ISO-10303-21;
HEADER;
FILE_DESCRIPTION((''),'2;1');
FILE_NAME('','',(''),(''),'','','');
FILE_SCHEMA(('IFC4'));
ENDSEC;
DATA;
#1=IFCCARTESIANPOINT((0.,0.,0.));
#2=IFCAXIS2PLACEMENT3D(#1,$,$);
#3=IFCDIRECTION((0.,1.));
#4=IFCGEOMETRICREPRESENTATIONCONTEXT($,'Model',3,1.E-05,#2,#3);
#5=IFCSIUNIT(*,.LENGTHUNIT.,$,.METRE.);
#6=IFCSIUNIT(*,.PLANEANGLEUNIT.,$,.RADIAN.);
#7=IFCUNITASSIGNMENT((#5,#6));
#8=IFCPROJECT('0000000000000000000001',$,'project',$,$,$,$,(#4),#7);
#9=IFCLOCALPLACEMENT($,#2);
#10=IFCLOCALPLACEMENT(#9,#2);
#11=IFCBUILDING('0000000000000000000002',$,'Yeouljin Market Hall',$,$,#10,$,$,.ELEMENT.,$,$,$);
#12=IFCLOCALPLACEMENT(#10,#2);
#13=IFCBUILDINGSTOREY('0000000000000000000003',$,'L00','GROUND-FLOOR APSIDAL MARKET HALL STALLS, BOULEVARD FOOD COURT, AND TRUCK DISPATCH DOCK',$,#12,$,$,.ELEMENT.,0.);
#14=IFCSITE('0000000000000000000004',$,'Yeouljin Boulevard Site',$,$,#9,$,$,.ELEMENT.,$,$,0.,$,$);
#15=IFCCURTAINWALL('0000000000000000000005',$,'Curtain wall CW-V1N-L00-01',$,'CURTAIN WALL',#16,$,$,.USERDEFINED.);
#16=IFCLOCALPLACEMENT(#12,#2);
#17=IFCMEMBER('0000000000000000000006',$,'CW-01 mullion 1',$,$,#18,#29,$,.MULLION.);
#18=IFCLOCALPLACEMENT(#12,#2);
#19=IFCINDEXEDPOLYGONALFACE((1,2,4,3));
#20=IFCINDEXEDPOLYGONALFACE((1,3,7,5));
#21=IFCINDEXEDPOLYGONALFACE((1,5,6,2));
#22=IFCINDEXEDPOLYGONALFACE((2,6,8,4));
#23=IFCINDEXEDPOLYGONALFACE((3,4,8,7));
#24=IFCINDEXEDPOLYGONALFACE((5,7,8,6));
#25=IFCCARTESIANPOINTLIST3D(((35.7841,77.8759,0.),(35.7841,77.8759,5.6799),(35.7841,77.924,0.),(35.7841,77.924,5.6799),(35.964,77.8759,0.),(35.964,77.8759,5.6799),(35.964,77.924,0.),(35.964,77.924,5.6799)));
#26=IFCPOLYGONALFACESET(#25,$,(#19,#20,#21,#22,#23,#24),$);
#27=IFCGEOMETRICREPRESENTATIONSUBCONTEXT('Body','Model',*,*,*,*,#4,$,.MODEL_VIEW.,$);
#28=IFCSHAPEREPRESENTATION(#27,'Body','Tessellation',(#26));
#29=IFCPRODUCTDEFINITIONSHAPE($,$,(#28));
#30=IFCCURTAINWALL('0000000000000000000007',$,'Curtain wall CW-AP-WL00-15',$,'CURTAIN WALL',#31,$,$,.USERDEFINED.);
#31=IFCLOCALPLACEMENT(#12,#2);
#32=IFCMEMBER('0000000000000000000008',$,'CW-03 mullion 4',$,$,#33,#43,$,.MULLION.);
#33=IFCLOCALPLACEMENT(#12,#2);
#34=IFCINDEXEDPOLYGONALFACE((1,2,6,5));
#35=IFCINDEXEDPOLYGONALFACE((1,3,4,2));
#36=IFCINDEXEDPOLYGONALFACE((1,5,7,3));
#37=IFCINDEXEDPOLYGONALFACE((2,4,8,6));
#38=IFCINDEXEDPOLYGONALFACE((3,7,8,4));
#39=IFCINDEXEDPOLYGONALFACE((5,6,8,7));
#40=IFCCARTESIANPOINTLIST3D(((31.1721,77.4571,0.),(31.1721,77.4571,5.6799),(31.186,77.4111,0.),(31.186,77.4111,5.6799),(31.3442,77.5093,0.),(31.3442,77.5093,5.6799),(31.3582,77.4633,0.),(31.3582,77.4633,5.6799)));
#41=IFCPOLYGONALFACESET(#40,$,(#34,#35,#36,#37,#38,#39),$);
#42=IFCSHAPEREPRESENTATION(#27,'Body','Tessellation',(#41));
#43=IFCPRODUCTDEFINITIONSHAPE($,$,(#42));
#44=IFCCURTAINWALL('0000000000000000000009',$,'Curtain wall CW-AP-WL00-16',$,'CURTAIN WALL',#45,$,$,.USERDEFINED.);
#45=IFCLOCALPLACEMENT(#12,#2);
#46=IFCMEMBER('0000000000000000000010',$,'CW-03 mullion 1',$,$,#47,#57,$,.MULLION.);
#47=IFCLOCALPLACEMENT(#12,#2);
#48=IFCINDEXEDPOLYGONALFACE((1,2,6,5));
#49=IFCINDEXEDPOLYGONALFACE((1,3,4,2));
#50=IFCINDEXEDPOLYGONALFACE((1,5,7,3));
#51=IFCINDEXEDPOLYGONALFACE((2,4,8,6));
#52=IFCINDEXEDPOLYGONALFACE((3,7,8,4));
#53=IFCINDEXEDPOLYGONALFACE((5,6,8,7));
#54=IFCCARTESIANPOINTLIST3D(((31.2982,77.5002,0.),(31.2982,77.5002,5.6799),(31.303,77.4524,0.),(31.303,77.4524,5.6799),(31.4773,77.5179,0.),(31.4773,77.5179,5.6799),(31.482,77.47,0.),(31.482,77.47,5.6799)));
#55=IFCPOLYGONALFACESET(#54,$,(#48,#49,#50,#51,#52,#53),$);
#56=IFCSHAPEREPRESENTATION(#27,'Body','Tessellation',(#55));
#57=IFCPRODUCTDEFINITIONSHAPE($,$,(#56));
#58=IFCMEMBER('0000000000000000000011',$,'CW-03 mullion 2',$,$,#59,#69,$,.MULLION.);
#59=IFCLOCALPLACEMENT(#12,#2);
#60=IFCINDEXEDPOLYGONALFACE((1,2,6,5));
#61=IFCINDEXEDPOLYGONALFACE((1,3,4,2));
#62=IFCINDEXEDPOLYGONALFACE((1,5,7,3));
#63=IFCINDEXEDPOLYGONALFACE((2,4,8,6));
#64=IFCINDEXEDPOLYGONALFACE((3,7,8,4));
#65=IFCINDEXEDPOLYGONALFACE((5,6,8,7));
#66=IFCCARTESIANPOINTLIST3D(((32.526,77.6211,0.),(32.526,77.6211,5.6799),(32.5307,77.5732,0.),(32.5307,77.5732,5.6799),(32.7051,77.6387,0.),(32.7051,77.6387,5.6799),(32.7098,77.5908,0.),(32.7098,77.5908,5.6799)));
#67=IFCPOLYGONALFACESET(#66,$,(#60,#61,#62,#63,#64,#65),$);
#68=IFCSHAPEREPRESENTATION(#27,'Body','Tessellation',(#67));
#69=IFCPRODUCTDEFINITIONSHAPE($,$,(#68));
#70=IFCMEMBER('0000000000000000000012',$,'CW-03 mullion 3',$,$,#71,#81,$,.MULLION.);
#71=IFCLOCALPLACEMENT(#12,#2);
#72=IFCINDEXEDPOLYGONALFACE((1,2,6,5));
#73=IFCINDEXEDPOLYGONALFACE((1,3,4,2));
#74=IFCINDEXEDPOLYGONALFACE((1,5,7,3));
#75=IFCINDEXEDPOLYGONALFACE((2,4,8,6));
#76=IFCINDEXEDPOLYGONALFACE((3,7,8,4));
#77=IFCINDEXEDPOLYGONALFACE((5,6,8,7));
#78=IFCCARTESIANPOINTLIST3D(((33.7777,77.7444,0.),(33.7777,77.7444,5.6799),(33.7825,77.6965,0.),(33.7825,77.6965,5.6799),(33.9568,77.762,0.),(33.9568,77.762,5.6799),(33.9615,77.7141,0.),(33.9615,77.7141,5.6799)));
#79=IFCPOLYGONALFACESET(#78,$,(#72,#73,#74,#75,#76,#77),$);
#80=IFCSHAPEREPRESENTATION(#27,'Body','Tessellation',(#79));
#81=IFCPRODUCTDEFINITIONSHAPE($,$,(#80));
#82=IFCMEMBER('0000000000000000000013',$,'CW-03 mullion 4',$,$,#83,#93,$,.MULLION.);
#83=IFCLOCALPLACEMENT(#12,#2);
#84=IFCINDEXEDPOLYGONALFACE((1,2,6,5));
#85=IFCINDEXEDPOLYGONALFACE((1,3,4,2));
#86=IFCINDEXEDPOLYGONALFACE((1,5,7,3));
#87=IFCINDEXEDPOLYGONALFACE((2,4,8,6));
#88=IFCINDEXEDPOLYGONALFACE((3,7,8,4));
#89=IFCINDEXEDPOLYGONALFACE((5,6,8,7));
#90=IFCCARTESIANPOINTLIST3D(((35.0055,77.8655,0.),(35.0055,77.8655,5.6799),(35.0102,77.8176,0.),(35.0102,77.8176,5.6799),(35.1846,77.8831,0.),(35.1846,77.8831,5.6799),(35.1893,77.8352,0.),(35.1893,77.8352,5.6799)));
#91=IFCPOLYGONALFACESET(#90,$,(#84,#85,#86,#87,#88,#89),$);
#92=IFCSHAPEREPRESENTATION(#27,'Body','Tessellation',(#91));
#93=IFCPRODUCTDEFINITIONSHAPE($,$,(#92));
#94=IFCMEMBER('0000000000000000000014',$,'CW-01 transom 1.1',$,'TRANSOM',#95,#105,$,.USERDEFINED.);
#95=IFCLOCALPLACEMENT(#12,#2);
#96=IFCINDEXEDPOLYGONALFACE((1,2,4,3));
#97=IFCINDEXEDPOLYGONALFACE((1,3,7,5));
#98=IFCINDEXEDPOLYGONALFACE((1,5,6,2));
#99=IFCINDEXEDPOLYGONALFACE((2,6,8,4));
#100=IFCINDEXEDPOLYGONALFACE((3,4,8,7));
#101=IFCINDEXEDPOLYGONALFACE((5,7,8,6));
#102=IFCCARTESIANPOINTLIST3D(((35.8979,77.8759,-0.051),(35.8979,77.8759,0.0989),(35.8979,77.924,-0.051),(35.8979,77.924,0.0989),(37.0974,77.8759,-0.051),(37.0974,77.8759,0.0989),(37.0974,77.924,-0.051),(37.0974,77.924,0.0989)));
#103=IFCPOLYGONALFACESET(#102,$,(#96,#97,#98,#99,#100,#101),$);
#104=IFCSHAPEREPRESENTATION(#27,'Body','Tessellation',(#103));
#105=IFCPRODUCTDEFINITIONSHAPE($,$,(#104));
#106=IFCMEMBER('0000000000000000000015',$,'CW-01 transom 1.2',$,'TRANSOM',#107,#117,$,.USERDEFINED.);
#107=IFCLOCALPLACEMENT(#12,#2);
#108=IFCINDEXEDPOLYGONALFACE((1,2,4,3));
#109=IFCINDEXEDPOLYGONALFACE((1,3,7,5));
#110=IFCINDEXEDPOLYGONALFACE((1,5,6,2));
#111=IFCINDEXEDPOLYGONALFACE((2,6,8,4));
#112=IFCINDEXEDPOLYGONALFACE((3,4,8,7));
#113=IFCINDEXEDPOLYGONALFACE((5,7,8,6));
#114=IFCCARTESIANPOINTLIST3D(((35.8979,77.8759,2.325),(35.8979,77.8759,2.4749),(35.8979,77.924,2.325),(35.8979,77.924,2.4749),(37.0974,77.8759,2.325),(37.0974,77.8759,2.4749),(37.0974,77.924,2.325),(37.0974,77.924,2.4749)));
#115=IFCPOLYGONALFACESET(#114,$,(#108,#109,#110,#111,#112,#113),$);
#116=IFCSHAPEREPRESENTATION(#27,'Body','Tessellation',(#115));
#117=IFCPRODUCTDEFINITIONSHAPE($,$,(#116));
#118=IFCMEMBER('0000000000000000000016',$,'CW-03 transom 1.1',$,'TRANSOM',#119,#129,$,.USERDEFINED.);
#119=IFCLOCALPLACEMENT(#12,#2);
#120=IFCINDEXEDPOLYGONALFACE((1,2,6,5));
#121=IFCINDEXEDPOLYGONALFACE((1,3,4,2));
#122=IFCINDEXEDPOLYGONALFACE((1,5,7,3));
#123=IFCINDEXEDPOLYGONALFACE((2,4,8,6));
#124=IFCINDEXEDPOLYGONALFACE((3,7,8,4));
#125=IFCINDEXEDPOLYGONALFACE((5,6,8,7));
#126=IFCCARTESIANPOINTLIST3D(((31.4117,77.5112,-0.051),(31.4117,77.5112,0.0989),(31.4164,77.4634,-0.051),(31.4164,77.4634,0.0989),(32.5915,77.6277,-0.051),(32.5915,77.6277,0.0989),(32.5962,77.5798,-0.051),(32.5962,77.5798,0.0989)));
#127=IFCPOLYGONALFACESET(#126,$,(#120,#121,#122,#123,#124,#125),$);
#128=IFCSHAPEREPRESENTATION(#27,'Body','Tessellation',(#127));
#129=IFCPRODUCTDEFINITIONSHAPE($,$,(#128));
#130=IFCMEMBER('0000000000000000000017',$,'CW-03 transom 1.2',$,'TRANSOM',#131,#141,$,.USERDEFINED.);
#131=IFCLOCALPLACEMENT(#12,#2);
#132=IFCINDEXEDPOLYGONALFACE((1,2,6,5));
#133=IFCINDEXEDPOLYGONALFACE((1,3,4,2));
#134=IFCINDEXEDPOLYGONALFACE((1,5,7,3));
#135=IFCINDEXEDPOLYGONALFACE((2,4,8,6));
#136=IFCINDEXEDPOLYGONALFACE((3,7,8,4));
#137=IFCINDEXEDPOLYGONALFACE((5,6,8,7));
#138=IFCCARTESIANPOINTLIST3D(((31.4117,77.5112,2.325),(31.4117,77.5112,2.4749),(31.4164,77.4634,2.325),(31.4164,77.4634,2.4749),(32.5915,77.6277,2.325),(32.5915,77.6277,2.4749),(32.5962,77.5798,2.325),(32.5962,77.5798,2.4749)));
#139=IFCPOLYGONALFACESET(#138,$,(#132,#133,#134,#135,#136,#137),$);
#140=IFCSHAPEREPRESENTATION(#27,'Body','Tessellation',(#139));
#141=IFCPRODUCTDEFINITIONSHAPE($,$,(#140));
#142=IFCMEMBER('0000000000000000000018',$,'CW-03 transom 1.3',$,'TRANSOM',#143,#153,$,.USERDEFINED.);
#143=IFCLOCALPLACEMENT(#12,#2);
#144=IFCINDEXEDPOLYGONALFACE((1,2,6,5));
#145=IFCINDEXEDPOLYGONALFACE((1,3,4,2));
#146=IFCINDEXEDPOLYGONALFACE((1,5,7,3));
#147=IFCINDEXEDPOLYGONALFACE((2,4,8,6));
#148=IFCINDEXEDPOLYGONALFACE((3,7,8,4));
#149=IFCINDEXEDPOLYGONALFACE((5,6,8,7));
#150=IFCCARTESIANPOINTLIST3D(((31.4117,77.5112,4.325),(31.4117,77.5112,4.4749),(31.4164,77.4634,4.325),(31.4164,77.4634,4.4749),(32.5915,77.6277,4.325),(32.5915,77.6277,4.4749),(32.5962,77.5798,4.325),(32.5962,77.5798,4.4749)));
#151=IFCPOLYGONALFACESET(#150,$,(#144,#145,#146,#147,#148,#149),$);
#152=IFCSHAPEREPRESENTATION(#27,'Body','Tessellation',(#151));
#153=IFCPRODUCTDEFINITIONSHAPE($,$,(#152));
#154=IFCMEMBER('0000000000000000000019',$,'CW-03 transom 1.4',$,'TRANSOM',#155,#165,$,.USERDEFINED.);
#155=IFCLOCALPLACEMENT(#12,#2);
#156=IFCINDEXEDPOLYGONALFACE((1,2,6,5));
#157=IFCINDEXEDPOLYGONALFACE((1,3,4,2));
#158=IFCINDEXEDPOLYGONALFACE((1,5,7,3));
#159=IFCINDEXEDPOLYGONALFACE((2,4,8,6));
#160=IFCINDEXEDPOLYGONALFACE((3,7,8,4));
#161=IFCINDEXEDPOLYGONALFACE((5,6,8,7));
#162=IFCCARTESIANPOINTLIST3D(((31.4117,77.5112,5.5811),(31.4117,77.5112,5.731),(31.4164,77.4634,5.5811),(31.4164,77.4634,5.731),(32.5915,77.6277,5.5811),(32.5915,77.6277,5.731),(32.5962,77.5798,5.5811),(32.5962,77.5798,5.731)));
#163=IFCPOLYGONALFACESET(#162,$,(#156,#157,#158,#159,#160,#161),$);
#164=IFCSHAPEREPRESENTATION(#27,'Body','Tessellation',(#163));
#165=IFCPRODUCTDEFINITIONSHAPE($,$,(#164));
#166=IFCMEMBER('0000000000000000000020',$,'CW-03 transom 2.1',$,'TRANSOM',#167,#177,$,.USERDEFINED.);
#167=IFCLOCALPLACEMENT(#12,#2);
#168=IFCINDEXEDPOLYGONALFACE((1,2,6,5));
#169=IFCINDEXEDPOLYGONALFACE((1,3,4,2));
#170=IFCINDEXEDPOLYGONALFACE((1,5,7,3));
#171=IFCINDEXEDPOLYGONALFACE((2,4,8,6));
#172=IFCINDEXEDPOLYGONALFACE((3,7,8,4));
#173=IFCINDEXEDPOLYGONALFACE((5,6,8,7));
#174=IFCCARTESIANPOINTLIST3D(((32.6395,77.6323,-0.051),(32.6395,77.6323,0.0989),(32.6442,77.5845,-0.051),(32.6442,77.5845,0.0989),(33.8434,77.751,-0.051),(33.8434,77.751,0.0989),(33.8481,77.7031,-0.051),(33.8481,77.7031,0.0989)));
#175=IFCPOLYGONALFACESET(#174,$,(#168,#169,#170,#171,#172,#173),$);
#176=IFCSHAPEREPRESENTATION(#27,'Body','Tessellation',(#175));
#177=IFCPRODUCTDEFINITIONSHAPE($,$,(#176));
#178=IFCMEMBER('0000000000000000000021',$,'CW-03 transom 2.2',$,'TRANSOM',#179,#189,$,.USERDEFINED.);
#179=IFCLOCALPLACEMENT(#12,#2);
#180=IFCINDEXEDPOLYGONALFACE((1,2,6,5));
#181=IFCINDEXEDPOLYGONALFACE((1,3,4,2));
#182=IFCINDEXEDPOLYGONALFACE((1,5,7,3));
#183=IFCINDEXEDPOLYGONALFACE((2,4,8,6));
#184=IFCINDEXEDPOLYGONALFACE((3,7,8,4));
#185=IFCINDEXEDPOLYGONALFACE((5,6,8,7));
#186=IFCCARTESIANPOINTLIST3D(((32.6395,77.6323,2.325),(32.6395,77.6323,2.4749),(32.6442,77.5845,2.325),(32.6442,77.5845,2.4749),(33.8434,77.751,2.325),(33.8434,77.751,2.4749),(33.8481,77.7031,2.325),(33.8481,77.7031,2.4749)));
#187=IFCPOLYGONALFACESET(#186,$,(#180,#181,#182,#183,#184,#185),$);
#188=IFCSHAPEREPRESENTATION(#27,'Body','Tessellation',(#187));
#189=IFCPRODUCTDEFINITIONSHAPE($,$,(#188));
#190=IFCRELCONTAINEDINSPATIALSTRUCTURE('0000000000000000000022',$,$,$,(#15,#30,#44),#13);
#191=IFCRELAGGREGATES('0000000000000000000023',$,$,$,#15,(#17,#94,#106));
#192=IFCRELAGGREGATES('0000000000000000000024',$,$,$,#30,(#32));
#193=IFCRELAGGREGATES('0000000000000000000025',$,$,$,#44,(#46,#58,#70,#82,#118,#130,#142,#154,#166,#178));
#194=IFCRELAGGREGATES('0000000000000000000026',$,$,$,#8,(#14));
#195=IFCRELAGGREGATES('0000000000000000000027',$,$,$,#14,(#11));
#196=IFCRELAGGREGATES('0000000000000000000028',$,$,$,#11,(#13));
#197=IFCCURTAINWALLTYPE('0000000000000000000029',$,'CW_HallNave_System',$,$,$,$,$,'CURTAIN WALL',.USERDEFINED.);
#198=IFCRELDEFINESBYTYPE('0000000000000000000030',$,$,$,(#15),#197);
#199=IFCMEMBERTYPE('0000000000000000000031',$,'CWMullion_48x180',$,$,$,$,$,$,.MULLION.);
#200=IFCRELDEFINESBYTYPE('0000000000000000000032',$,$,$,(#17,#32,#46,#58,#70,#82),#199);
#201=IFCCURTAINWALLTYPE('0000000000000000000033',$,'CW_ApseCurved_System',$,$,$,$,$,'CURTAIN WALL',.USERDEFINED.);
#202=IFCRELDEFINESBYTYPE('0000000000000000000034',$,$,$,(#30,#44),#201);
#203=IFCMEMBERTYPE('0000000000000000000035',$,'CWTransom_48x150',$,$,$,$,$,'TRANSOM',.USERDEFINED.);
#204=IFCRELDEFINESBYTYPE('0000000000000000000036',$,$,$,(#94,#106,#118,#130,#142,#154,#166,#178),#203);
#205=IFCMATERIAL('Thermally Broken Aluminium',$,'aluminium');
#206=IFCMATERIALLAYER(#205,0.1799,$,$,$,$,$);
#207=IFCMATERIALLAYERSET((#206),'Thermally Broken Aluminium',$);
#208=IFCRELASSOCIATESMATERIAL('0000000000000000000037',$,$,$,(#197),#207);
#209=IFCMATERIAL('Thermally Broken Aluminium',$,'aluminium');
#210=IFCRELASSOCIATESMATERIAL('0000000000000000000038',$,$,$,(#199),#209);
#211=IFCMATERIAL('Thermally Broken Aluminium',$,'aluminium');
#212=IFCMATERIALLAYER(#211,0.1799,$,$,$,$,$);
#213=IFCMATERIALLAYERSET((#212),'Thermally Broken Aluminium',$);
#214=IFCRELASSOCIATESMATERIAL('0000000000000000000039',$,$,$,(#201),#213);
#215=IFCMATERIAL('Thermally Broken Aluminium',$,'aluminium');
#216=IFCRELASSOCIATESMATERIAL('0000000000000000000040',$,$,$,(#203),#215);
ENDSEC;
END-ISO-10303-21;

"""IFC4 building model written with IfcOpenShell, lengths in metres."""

from ifc_helpers import new_model, si_unit, direction, frame, origin, origin_2d, place, context, subcontext, project, spatial, rectangle, extrude, material, layer, layer_set, material_profile, profile_set, type_object, element, aggregate, save


model = new_model("IFC4")

# Units and contexts
model_context = context("Model", 3, precision=1e-05, world=origin(), true_north=direction((0.0, 1.0)))
body_context = subcontext(model_context, "Body", "Model", "MODEL_VIEW")
ifc_project = project(units=[si_unit("LENGTHUNIT", "METRE"), si_unit("PLANEANGLEUNIT", "RADIAN")], contexts=[model_context])

# Site, building, storey
site_placement = place(None, origin())
site = spatial("IfcSite", under=ifc_project, at=site_placement, Name="Yeouljin Boulevard Site", CompositionType="ELEMENT", RefElevation=0.0)
building_placement = place(site_placement, origin())
building = spatial("IfcBuilding", under=site, at=building_placement, Name="Yeouljin Market Hall", CompositionType="ELEMENT")
storey_placement = place(building_placement, origin())
storey = spatial("IfcBuildingStorey", under=building, at=storey_placement, Name="L00", Description="GROUND-FLOOR APSIDAL MARKET HALL STALLS, BOULEVARD FOOD COURT, AND TRUCK DISPATCH DOCK", CompositionType="ELEMENT", Elevation=0.0)

# Curtain walls, members
ifc_material_1 = material(Name="Thermally Broken Aluminium", Category="aluminium")
ifc_layer_1 = layer(ifc_material_1, 0.1799)
ifc_layer_set_1 = layer_set([ifc_layer_1], Name="Thermally Broken Aluminium")
curtain_wall_type_1 = type_object("IfcCurtainWallType", Name="CW_HallNave_System", ElementType="CURTAIN WALL", PredefinedType="USERDEFINED", material=ifc_layer_set_1)
curtain_wall_1_placement = place(storey_placement, origin())
curtain_wall_1 = element("IfcCurtainWall", 1, at=curtain_wall_1_placement, inside=storey, type_object=curtain_wall_type_1, Name="Curtain wall CW-V1N-L00-01", ObjectType="CURTAIN WALL", PredefinedType="USERDEFINED")
ifc_material_2 = material(Name="Thermally Broken Aluminium", Category="aluminium")
ifc_material_profile_1 = material_profile(ifc_material_2, rectangle(XDim=0.0481, YDim=0.1799, at=origin_2d()), Name="CW-MULL-48x180")
ifc_profile_set_1 = profile_set([ifc_material_profile_1], Name="Thermally Broken Aluminium")
member_type_1 = type_object("IfcMemberType", Name="CWMullion_48x180", PredefinedType="MULLION", material=ifc_profile_set_1)
member_1_placement = place(storey_placement, frame((35.874, 77.8999, 0.0), z_axis=(0.0, 0.0, 1.0), x_axis=(0.0, 1.0, 0.0)))
member_1 = element("IfcMember", 2, at=member_1_placement, type_object=member_type_1, Name="CW-01 mullion 1", PredefinedType="MULLION", context=body_context, shape_type="SweptSolid", body=[
    extrude(rectangle(XDim=0.0481, YDim=0.1799, at=origin_2d()), origin(), (0.0, 0.0, 1.0), 5.6799),
])
ifc_material_3 = material(Name="Thermally Broken Aluminium", Category="aluminium")
ifc_layer_2 = layer(ifc_material_3, 0.1799)
ifc_layer_set_2 = layer_set([ifc_layer_2], Name="Thermally Broken Aluminium")
curtain_wall_type_2 = type_object("IfcCurtainWallType", Name="CW_ApseCurved_System", ElementType="CURTAIN WALL", PredefinedType="USERDEFINED", material=ifc_layer_set_2)
curtain_wall_2_placement = place(storey_placement, origin())
curtain_wall_2 = element("IfcCurtainWall", 3, at=curtain_wall_2_placement, inside=storey, type_object=curtain_wall_type_2, Name="Curtain wall CW-AP-WL00-15", ObjectType="CURTAIN WALL", PredefinedType="USERDEFINED")
member_2_placement = place(storey_placement, frame((31.2651, 77.4602, 0.0), z_axis=(0.0, 0.0, 1.0), x_axis=(-0.290286, 0.95694, 0.0)))
member_2 = element("IfcMember", 4, at=member_2_placement, type_object=member_type_1, Name="CW-03 mullion 4", PredefinedType="MULLION", context=body_context, shape_type="SweptSolid", body=[
    extrude(rectangle(XDim=0.0481, YDim=0.1799, at=origin_2d()), origin(), (0.0, 0.0, 1.0), 5.6799),
])

# Curtain wall, members
curtain_wall_3_placement = place(storey_placement, origin())
curtain_wall_3 = element("IfcCurtainWall", 5, at=curtain_wall_3_placement, inside=storey, type_object=curtain_wall_type_2, Name="Curtain wall CW-AP-WL00-16", ObjectType="CURTAIN WALL", PredefinedType="USERDEFINED")
member_3_placement = place(storey_placement, frame((31.3901, 77.4851, 0.0), z_axis=(0.0, 0.0, 1.0), x_axis=(-0.098034, 0.995183, 0.0)))
member_3 = element("IfcMember", 6, at=member_3_placement, type_object=member_type_1, Name="CW-03 mullion 1", PredefinedType="MULLION", context=body_context, shape_type="SweptSolid", body=[
    extrude(rectangle(XDim=0.0481, YDim=0.1799, at=origin_2d()), origin(), (0.0, 0.0, 1.0), 5.6799),
])
member_4_placement = place(storey_placement, frame((32.6179, 77.606, 0.0), z_axis=(0.0, 0.0, 1.0), x_axis=(-0.098034, 0.995183, 0.0)))
member_4 = element("IfcMember", 7, at=member_4_placement, type_object=member_type_1, Name="CW-03 mullion 2", PredefinedType="MULLION", context=body_context, shape_type="SweptSolid", body=[
    extrude(rectangle(XDim=0.0481, YDim=0.1799, at=origin_2d()), origin(), (0.0, 0.0, 1.0), 5.6799),
])
member_5_placement = place(storey_placement, frame((33.8696, 77.7292, 0.0), z_axis=(0.0, 0.0, 1.0), x_axis=(-0.098034, 0.995183, 0.0)))
member_5 = element("IfcMember", 8, at=member_5_placement, type_object=member_type_1, Name="CW-03 mullion 3", PredefinedType="MULLION", context=body_context, shape_type="SweptSolid", body=[
    extrude(rectangle(XDim=0.0481, YDim=0.1799, at=origin_2d()), origin(), (0.0, 0.0, 1.0), 5.6799),
])
member_6_placement = place(storey_placement, frame((35.0974, 77.8503, 0.0), z_axis=(0.0, 0.0, 1.0), x_axis=(-0.098034, 0.995183, 0.0)))
member_6 = element("IfcMember", 9, at=member_6_placement, type_object=member_type_1, Name="CW-03 mullion 4", PredefinedType="MULLION", context=body_context, shape_type="SweptSolid", body=[
    extrude(rectangle(XDim=0.0481, YDim=0.1799, at=origin_2d()), origin(), (0.0, 0.0, 1.0), 5.6799),
])

# Members
ifc_material_4 = material(Name="Thermally Broken Aluminium", Category="aluminium")
ifc_material_profile_2 = material_profile(ifc_material_4, rectangle(XDim=0.0481, YDim=0.1499, at=origin_2d()), Name="CW-TRAN-48x150")
ifc_profile_set_2 = profile_set([ifc_material_profile_2], Name="Thermally Broken Aluminium")
member_type_2 = type_object("IfcMemberType", Name="CWTransom_48x150", ElementType="TRANSOM", PredefinedType="USERDEFINED", material=ifc_profile_set_2)
member_7_placement = place(storey_placement, frame((35.8979, 77.8999, 0.0239), z_axis=(1.0, 0.0, 0.0), x_axis=(0.0, 1.0, 0.0)))
member_7 = element("IfcMember", 10, at=member_7_placement, type_object=member_type_2, Name="CW-01 transom 1.1", ObjectType="TRANSOM", PredefinedType="USERDEFINED", context=body_context, shape_type="SweptSolid", body=[
    extrude(rectangle(XDim=0.0481, YDim=0.1499, at=origin_2d()), origin(), (0.0, 0.0, 1.0), 1.1995),
])
member_8_placement = place(storey_placement, frame((35.8979, 77.8999, 2.3999), z_axis=(1.0, 0.0, 0.0), x_axis=(0.0, 1.0, 0.0)))
member_8 = element("IfcMember", 11, at=member_8_placement, type_object=member_type_2, Name="CW-01 transom 1.2", ObjectType="TRANSOM", PredefinedType="USERDEFINED", context=body_context, shape_type="SweptSolid", body=[
    extrude(rectangle(XDim=0.0481, YDim=0.1499, at=origin_2d()), origin(), (0.0, 0.0, 1.0), 1.1995),
])
aggregate(curtain_wall_1, [member_1, member_7, member_8])
member_9_placement = place(storey_placement, frame((31.4141, 77.4873, 0.0239), z_axis=(0.995165, 0.098219, 0.0), x_axis=(-0.098219, 0.995165, 0.0)))
member_9 = element("IfcMember", 12, at=member_9_placement, type_object=member_type_2, Name="CW-03 transom 1.1", ObjectType="TRANSOM", PredefinedType="USERDEFINED", context=body_context, shape_type="SweptSolid", body=[
    extrude(rectangle(XDim=0.0481, YDim=0.1499, at=origin_2d()), origin(), (0.0, 0.0, 1.0), 1.1855),
])
member_10_placement = place(storey_placement, frame((31.4141, 77.4873, 2.3999), z_axis=(0.995165, 0.098219, 0.0), x_axis=(-0.098219, 0.995165, 0.0)))
member_10 = element("IfcMember", 13, at=member_10_placement, type_object=member_type_2, Name="CW-03 transom 1.2", ObjectType="TRANSOM", PredefinedType="USERDEFINED", context=body_context, shape_type="SweptSolid", body=[
    extrude(rectangle(XDim=0.0481, YDim=0.1499, at=origin_2d()), origin(), (0.0, 0.0, 1.0), 1.1855),
])
member_11_placement = place(storey_placement, frame((31.4141, 77.4873, 4.3999), z_axis=(0.995165, 0.098219, 0.0), x_axis=(-0.098219, 0.995165, 0.0)))
member_11 = element("IfcMember", 14, at=member_11_placement, type_object=member_type_2, Name="CW-03 transom 1.3", ObjectType="TRANSOM", PredefinedType="USERDEFINED", context=body_context, shape_type="SweptSolid", body=[
    extrude(rectangle(XDim=0.0481, YDim=0.1499, at=origin_2d()), origin(), (0.0, 0.0, 1.0), 1.1855),
])
member_12_placement = place(storey_placement, frame((31.4141, 77.4873, 5.656), z_axis=(0.995165, 0.098219, 0.0), x_axis=(-0.098219, 0.995165, 0.0)))
member_12 = element("IfcMember", 15, at=member_12_placement, type_object=member_type_2, Name="CW-03 transom 1.4", ObjectType="TRANSOM", PredefinedType="USERDEFINED", context=body_context, shape_type="SweptSolid", body=[
    extrude(rectangle(XDim=0.0481, YDim=0.1499, at=origin_2d()), origin(), (0.0, 0.0, 1.0), 1.1855),
])
member_13_placement = place(storey_placement, frame((32.6418, 77.6084, 0.0239), z_axis=(0.995178, 0.098085, 0.0), x_axis=(-0.098085, 0.995178, 0.0)))
member_13 = element("IfcMember", 16, at=member_13_placement, type_object=member_type_2, Name="CW-03 transom 2.1", ObjectType="TRANSOM", PredefinedType="USERDEFINED", context=body_context, shape_type="SweptSolid", body=[
    extrude(rectangle(XDim=0.0481, YDim=0.1499, at=origin_2d()), origin(), (0.0, 0.0, 1.0), 1.2097),
])
member_14_placement = place(storey_placement, frame((32.6418, 77.6084, 2.3999), z_axis=(0.995178, 0.098085, 0.0), x_axis=(-0.098085, 0.995178, 0.0)))
member_14 = element("IfcMember", 17, at=member_14_placement, type_object=member_type_2, Name="CW-03 transom 2.2", ObjectType="TRANSOM", PredefinedType="USERDEFINED", context=body_context, shape_type="SweptSolid", body=[
    extrude(rectangle(XDim=0.0481, YDim=0.1499, at=origin_2d()), origin(), (0.0, 0.0, 1.0), 1.2097),
])

aggregate(curtain_wall_2, [member_2])
aggregate(curtain_wall_3, [member_3, member_4, member_5, member_6, member_9, member_10, member_11, member_12, member_13, member_14])

save(model, "model.ifc")
